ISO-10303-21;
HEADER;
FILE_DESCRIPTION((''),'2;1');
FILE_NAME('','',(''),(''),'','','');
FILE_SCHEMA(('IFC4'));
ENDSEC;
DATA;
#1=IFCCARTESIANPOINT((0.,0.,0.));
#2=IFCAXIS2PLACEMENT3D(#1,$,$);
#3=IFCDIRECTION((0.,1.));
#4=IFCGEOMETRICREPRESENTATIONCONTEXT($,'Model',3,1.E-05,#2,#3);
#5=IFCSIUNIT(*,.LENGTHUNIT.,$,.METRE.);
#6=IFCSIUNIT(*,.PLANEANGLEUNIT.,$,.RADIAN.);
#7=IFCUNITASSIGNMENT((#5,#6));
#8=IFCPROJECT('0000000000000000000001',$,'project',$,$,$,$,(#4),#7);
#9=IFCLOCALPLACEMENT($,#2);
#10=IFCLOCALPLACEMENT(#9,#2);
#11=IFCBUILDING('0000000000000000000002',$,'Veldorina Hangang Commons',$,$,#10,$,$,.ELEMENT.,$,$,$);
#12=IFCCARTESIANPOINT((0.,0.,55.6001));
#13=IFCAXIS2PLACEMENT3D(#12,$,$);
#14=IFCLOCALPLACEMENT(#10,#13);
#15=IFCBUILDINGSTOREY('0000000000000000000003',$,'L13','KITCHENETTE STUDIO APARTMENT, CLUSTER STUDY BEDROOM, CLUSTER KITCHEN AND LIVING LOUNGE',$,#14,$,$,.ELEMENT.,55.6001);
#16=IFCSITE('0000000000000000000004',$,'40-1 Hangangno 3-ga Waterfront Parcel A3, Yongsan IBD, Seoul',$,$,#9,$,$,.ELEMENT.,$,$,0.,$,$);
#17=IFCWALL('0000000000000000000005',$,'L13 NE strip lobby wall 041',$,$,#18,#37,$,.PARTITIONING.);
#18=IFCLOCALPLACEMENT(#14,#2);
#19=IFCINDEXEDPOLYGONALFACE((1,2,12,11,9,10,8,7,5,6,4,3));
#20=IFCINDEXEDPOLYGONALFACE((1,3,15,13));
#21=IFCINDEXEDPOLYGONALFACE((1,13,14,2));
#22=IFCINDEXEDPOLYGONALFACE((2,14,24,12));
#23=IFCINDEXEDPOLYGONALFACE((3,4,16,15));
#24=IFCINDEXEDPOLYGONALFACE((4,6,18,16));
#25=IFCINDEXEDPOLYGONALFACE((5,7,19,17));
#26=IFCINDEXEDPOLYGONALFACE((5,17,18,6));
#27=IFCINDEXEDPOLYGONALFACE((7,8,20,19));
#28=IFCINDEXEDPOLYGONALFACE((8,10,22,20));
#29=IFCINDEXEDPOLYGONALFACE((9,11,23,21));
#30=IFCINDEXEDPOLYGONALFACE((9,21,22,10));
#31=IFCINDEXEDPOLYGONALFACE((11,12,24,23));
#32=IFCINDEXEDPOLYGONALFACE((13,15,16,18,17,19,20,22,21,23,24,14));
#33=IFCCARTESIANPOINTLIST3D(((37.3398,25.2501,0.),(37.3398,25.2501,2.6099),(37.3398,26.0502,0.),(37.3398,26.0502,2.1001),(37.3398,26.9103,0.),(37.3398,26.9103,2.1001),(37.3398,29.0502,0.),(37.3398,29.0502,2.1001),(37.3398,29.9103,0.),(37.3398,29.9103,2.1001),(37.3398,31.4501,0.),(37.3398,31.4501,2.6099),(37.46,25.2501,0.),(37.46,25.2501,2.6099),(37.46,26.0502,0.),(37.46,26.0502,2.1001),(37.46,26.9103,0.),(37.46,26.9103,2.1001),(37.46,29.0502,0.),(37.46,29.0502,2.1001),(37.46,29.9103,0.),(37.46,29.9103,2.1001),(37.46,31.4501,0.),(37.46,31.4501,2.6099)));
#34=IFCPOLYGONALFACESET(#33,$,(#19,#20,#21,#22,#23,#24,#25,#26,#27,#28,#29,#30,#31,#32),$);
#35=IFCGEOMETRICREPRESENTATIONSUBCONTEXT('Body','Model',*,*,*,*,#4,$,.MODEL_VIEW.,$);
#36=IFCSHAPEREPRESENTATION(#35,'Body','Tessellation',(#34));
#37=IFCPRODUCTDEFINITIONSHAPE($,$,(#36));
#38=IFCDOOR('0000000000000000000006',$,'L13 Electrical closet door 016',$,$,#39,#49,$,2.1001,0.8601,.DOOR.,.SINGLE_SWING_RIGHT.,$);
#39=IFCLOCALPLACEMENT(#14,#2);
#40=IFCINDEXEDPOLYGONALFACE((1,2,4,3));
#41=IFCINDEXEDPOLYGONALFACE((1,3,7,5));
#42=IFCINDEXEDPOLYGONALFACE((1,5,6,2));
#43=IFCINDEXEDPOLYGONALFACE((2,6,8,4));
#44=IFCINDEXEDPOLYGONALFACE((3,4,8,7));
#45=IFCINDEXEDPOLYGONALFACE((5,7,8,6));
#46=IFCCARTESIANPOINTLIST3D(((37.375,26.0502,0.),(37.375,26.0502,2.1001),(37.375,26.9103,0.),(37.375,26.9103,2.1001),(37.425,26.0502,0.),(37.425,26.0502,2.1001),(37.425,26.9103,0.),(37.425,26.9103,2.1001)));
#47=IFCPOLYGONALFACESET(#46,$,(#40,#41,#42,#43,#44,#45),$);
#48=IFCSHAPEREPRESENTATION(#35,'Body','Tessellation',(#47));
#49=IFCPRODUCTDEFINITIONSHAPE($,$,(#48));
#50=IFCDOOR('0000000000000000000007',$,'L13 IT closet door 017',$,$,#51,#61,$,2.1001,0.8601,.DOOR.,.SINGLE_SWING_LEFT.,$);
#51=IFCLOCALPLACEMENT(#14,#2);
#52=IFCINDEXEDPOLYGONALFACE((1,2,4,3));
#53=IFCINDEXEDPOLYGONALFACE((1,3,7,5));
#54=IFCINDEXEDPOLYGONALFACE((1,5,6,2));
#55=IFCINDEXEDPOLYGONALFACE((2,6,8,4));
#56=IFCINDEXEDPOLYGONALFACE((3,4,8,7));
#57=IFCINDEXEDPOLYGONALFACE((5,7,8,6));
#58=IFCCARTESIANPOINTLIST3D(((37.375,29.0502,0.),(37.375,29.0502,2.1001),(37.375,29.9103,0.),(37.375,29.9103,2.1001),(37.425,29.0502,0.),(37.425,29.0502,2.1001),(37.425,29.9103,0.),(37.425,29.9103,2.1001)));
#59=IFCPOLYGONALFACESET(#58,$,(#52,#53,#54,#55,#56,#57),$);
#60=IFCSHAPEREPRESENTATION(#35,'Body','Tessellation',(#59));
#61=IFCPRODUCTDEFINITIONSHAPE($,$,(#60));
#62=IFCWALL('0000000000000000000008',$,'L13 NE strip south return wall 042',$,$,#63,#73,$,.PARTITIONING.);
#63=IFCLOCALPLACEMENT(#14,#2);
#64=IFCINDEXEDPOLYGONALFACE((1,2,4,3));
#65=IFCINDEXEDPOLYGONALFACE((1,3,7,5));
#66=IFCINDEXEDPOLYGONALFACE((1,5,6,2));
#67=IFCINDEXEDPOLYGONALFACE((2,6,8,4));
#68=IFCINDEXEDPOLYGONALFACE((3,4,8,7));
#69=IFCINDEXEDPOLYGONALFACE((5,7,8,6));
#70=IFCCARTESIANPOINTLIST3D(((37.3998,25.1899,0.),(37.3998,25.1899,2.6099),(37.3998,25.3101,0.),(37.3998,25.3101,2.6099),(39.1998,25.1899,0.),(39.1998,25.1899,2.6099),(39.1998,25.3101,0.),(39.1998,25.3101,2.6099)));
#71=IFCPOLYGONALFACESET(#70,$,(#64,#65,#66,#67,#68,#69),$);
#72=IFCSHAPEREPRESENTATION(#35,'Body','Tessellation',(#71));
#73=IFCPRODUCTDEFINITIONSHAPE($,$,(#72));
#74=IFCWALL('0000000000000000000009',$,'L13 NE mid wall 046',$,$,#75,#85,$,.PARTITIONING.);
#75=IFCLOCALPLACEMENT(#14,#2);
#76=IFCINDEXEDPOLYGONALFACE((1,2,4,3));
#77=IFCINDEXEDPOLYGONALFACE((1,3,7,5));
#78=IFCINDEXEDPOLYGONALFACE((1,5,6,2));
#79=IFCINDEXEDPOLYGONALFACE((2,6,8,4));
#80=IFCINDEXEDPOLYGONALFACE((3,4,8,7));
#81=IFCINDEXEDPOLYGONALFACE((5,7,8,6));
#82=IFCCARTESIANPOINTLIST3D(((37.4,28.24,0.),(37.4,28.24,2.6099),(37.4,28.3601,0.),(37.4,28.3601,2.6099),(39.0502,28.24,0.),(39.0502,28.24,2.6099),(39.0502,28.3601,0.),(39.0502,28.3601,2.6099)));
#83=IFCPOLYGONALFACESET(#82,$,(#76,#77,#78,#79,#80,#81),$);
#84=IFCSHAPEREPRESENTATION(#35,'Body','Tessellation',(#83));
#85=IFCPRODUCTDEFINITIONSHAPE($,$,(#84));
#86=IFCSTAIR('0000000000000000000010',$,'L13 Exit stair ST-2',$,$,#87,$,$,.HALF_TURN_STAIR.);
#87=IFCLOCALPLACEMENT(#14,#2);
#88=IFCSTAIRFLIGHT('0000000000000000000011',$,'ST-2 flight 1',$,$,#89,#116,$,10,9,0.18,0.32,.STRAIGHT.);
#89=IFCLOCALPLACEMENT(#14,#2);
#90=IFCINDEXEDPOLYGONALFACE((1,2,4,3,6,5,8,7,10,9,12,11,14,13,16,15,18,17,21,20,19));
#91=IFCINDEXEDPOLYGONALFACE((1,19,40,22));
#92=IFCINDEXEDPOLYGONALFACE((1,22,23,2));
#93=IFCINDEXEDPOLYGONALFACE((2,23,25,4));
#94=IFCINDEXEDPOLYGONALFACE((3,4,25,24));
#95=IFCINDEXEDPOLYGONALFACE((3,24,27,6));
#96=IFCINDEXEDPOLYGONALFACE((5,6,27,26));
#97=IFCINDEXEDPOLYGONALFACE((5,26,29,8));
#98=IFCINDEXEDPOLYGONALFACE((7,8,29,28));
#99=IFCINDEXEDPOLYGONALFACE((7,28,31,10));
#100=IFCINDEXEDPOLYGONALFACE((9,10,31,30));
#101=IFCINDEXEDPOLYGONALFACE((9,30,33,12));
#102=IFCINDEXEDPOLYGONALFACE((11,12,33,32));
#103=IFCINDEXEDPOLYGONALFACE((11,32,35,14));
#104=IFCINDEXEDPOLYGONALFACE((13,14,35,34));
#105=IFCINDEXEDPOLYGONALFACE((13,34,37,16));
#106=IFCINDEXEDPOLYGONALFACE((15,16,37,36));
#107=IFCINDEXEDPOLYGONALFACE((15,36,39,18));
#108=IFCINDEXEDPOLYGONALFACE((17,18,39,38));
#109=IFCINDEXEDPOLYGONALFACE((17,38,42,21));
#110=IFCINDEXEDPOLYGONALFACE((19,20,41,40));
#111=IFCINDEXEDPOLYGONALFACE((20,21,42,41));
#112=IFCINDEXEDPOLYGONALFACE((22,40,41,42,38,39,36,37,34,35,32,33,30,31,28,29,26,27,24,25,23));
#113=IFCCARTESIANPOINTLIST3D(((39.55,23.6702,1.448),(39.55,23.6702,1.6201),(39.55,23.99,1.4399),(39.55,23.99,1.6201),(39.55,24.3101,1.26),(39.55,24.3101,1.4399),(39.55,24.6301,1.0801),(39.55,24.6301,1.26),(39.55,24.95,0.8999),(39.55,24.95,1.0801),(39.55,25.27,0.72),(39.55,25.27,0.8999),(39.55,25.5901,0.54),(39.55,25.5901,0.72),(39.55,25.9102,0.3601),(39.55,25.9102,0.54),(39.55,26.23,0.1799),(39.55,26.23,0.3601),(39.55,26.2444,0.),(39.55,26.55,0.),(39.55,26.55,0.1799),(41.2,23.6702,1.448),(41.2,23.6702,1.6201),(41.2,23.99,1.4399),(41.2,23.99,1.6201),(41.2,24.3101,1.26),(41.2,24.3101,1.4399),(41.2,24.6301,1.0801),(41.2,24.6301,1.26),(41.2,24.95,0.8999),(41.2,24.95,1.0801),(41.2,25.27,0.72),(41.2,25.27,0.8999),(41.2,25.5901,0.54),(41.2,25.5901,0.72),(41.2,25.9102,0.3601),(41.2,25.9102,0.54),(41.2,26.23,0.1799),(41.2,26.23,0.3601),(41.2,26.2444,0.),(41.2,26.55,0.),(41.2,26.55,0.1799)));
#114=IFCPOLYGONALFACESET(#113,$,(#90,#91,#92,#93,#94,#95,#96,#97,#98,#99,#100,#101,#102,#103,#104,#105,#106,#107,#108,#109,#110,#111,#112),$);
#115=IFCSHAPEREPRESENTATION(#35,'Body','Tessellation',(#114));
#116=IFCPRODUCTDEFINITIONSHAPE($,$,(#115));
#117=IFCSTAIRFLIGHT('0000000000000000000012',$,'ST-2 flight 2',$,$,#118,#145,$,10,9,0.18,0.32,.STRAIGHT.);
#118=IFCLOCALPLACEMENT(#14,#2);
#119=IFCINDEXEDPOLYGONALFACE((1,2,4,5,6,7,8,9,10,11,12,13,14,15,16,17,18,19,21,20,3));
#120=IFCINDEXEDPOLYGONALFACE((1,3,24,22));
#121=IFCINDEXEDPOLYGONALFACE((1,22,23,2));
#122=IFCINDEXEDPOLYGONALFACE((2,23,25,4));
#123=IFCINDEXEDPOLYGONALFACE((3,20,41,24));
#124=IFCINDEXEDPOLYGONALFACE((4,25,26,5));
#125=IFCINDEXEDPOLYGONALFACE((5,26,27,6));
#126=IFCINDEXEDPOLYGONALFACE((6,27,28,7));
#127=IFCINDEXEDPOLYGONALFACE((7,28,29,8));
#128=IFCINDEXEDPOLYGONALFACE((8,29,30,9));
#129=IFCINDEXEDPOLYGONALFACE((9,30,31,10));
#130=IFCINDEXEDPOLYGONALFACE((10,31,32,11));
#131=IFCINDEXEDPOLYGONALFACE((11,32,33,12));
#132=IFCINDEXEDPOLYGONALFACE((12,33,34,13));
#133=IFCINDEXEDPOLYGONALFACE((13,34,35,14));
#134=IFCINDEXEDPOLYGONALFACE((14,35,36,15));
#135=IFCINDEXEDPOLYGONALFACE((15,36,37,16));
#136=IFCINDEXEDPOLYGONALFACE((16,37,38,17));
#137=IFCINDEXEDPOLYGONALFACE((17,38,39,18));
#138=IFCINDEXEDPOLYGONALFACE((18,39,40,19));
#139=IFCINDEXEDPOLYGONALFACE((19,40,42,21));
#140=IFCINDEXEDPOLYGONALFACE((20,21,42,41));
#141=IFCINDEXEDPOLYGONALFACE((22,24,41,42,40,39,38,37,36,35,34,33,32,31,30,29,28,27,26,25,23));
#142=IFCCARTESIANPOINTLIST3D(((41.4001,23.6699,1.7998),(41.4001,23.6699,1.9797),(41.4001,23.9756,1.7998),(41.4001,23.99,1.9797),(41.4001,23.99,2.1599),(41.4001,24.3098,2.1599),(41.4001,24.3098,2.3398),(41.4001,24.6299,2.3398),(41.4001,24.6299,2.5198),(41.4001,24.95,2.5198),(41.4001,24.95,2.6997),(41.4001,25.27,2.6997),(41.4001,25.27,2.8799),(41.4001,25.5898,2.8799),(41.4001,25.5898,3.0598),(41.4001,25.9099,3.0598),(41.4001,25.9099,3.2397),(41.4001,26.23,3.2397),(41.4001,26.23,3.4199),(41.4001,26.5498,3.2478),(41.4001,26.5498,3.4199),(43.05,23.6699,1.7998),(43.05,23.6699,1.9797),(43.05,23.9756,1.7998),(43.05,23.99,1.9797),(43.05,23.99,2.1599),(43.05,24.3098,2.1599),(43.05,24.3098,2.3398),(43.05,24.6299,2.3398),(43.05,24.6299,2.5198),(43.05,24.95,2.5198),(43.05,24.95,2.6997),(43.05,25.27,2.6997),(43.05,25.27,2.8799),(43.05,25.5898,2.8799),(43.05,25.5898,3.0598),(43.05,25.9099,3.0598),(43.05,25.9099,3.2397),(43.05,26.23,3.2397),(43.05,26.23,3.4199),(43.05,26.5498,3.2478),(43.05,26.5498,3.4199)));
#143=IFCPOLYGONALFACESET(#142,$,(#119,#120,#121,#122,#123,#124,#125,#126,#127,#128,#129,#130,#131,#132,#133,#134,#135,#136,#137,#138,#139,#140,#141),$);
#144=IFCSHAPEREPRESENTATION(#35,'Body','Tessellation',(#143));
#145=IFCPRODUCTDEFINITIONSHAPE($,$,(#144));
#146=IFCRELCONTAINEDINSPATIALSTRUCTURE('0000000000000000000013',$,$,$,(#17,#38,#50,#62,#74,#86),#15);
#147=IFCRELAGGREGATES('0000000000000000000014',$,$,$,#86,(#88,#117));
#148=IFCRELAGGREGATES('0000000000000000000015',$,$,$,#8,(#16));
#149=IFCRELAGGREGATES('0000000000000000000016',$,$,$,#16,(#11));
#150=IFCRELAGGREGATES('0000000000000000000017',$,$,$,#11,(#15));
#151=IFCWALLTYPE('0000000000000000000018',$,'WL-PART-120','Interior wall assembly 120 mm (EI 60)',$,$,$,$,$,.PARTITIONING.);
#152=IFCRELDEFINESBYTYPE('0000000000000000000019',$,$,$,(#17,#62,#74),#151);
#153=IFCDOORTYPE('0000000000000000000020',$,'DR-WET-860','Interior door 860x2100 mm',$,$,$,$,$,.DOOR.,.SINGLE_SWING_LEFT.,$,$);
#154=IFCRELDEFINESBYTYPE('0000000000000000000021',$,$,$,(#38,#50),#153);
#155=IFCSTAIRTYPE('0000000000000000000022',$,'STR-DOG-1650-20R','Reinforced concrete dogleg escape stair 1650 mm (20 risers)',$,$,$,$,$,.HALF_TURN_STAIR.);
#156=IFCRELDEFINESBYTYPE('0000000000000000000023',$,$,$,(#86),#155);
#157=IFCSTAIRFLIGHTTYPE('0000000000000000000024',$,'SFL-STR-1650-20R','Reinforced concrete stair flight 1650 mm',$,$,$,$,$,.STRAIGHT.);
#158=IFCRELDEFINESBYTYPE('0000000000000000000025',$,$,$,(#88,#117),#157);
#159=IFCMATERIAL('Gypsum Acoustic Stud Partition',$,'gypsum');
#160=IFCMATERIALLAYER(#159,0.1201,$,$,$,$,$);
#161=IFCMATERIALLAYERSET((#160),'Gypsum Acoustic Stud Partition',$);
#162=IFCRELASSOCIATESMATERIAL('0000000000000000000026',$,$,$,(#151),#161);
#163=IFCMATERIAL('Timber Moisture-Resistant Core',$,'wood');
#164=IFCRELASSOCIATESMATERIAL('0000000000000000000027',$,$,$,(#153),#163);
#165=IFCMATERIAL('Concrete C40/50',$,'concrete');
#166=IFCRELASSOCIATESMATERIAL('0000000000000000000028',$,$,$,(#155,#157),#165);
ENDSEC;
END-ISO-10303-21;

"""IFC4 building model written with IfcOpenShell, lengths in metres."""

from ifc_helpers import new_model, si_unit, direction, frame, frame_2d, origin, place, context, subcontext, project, spatial, polyline, rectangle, outline, extrude, material, layer, layer_set, type_object, element, fill, aggregate, save


model = new_model("IFC4")

# Units and contexts
model_context = context("Model", 3, precision=1e-05, world=origin(), true_north=direction((0.0, 1.0)))
body_context = subcontext(model_context, "Body", "Model", "MODEL_VIEW")
ifc_project = project(units=[si_unit("LENGTHUNIT", "METRE"), si_unit("PLANEANGLEUNIT", "RADIAN")], contexts=[model_context])

# Site, building, storey
site_placement = place(None, origin())
site = spatial("IfcSite", under=ifc_project, at=site_placement, Name="40-1 Hangangno 3-ga Waterfront Parcel A3, Yongsan IBD, Seoul", CompositionType="ELEMENT", RefElevation=0.0)
building_placement = place(site_placement, origin())
building = spatial("IfcBuilding", under=site, at=building_placement, Name="Veldorina Hangang Commons", CompositionType="ELEMENT")
storey_placement = place(building_placement, frame((0.0, 0.0, 55.6001)))
storey = spatial("IfcBuildingStorey", under=building, at=storey_placement, Name="L13", Description="KITCHENETTE STUDIO APARTMENT, CLUSTER STUDY BEDROOM, CLUSTER KITCHEN AND LIVING LOUNGE", CompositionType="ELEMENT", Elevation=55.6001)

# Wall, openings, doors
ifc_material_1 = material(Name="Gypsum Acoustic Stud Partition", Category="gypsum")
ifc_layer_1 = layer(ifc_material_1, 0.1201)
ifc_layer_set_1 = layer_set([ifc_layer_1], Name="Gypsum Acoustic Stud Partition")
wall_type_1 = type_object("IfcWallType", Name="WL-PART-120", Description="Interior wall assembly 120 mm (EI 60)", PredefinedType="PARTITIONING", material=ifc_layer_set_1)
wall_1_placement = place(storey_placement, frame((37.3999, 25.25, 0.0), z_axis=(0.0, 0.0, 1.0), x_axis=(0.0, 1.0, 0.0)))
wall_1 = element("IfcWall", 1, at=wall_1_placement, inside=storey, type_object=wall_type_1, Name="L13 NE strip lobby wall 041", PredefinedType="PARTITIONING", context=body_context, shape_type="SweptSolid", body=[
    extrude(rectangle(XDim=6.2, YDim=0.1201, at=frame_2d((3.1001, 0.0))), origin(), (0.0, 0.0, 1.0), 2.6099),
])
opening_1_placement = place(wall_1_placement, frame((0.8, 0.0, 0.0)))
opening_1 = element("IfcOpeningElement", 2, at=opening_1_placement, cuts=wall_1, PredefinedType="OPENING", context=body_context, shape_type="SweptSolid", body=[
    extrude(rectangle(XDim=0.8601, YDim=2.1001, at=frame_2d((0.4302, 1.05))), frame((0.0, 0.0701, 0.0), z_axis=(0.0, -1.0, 0.0), x_axis=(1.0, 0.0, 0.0)), (0.0, 0.0, 1.0), 0.1401),
])
opening_2_placement = place(wall_1_placement, frame((3.8, 0.0, 0.0)))
opening_2 = element("IfcOpeningElement", 3, at=opening_2_placement, cuts=wall_1, PredefinedType="OPENING", context=body_context, shape_type="SweptSolid", body=[
    extrude(rectangle(XDim=0.8601, YDim=2.1001, at=frame_2d((0.4302, 1.05))), frame((0.0, 0.0701, 0.0), z_axis=(0.0, -1.0, 0.0), x_axis=(1.0, 0.0, 0.0)), (0.0, 0.0, 1.0), 0.1401),
])
ifc_material_2 = material(Name="Timber Moisture-Resistant Core", Category="wood")
door_type_1 = type_object("IfcDoorType", Name="DR-WET-860", Description="Interior door 860x2100 mm", OperationType="SINGLE_SWING_LEFT", PredefinedType="DOOR", material=ifc_material_2)
door_1_placement = place(opening_1_placement, origin())
door_1 = element("IfcDoor", 4, at=door_1_placement, inside=storey, type_object=door_type_1, Name="L13 Electrical closet door 016", OperationType="SINGLE_SWING_RIGHT", OverallHeight=2.1001, OverallWidth=0.8601, PredefinedType="DOOR", context=body_context, shape_type="SweptSolid", body=[
    extrude(rectangle(XDim=0.8601, YDim=2.1001, at=frame_2d((0.4302, 1.05))), frame((0.0, 0.0249, 0.0), z_axis=(0.0, -1.0, 0.0), x_axis=(1.0, 0.0, 0.0)), (0.0, 0.0, 1.0), 0.05),
])
fill(opening_1, door_1)
door_2_placement = place(opening_2_placement, origin())
door_2 = element("IfcDoor", 5, at=door_2_placement, inside=storey, type_object=door_type_1, Name="L13 IT closet door 017", OperationType="SINGLE_SWING_LEFT", OverallHeight=2.1001, OverallWidth=0.8601, PredefinedType="DOOR", context=body_context, shape_type="SweptSolid", body=[
    extrude(rectangle(XDim=0.8601, YDim=2.1001, at=frame_2d((0.4302, 1.05))), frame((0.0, 0.0249, 0.0), z_axis=(0.0, -1.0, 0.0), x_axis=(1.0, 0.0, 0.0)), (0.0, 0.0, 1.0), 0.05),
])
fill(opening_2, door_2)

# Walls
wall_2_placement = place(storey_placement, frame((37.3999, 25.25, 0.0), z_axis=(0.0, 0.0, 1.0), x_axis=(1.0, 0.0, 0.0)))
element("IfcWall", 6, at=wall_2_placement, inside=storey, type_object=wall_type_1, Name="L13 NE strip south return wall 042", PredefinedType="PARTITIONING", context=body_context, shape_type="SweptSolid", body=[
    extrude(rectangle(XDim=1.8, YDim=0.1201, at=frame_2d((0.8999, 0.0))), origin(), (0.0, 0.0, 1.0), 2.6099),
])
wall_3_placement = place(storey_placement, frame((37.3999, 28.3, 0.0), z_axis=(0.0, 0.0, 1.0), x_axis=(1.0, 0.0, 0.0)))
element("IfcWall", 7, at=wall_3_placement, inside=storey, type_object=wall_type_1, Name="L13 NE mid wall 046", PredefinedType="PARTITIONING", context=body_context, shape_type="SweptSolid", body=[
    extrude(rectangle(XDim=1.6501, YDim=0.1201, at=frame_2d((0.8252, 0.0))), origin(), (0.0, 0.0, 1.0), 2.6099),
])

# Stair, stair flights
ifc_material_3 = material(Name="Concrete C40/50", Category="concrete")
stair_type = type_object("IfcStairType", Name="STR-DOG-1650-20R", Description="Reinforced concrete dogleg escape stair 1650 mm (20 risers)", PredefinedType="HALF_TURN_STAIR", material=ifc_material_3)
stair_placement = place(storey_placement, origin())
stair = element("IfcStair", 8, at=stair_placement, inside=storey, type_object=stair_type, Name="L13 Exit stair ST-2", PredefinedType="HALF_TURN_STAIR")
stair_flight_type = type_object("IfcStairFlightType", Name="SFL-STR-1650-20R", Description="Reinforced concrete stair flight 1650 mm", PredefinedType="STRAIGHT", material=ifc_material_3)
stair_flight_1_placement = place(storey_placement, frame((40.375, 26.55, 0.0), z_axis=(0.0, 0.0, 1.0), x_axis=(0.0, -1.0, 0.0)))
stair_flight_1 = element("IfcStairFlight", 9, at=stair_flight_1_placement, type_object=stair_flight_type, Name="ST-2 flight 1", NumberOfRisers=10, NumberOfTreads=9, PredefinedType="STRAIGHT", RiserHeight=0.18, TreadLength=0.32, context=body_context, shape_type="SweptSolid", body=[
    extrude(outline(polyline([(0.0, 0.0), (0.0, 0.1799), (0.3201, 0.1799), (0.3201, 0.3601), (0.6399, 0.3601), (0.6399, 0.54), (0.96, 0.54), (0.96, 0.72), (1.28, 0.72), (1.28, 0.8999), (1.6001, 0.8999), (1.6001, 1.0801), (1.9199, 1.0801), (1.9199, 1.26), (2.24, 1.26), (2.24, 1.4399), (2.5601, 1.4399), (2.5601, 1.6201), (2.8799, 1.6201), (2.8799, 1.8), (2.8799, 1.448), (0.3057, 0.0), (0.0, 0.0)])), frame((0.0, 0.825, 0.0), z_axis=(0.0, -1.0, 0.0), x_axis=(1.0, 0.0, 0.0)), (0.0, 0.0, 1.0), 1.6499),
])
stair_flight_2_placement = place(storey_placement, frame((42.2251, 23.6699, 1.7998), z_axis=(0.0, 0.0, 1.0), x_axis=(0.0, 1.0, 0.0)))
stair_flight_2 = element("IfcStairFlight", 10, at=stair_flight_2_placement, type_object=stair_flight_type, Name="ST-2 flight 2", NumberOfRisers=10, NumberOfTreads=9, PredefinedType="STRAIGHT", RiserHeight=0.18, TreadLength=0.32, context=body_context, shape_type="SweptSolid", body=[
    extrude(outline(polyline([(0.0, 0.0), (0.0, 0.1799), (0.3201, 0.1799), (0.3201, 0.3601), (0.6399, 0.3601), (0.6399, 0.54), (0.96, 0.54), (0.96, 0.72), (1.28, 0.72), (1.28, 0.8999), (1.6001, 0.8999), (1.6001, 1.0801), (1.9199, 1.0801), (1.9199, 1.26), (2.24, 1.26), (2.24, 1.4399), (2.5601, 1.4399), (2.5601, 1.6201), (2.8799, 1.6201), (2.8799, 1.8), (2.8799, 1.448), (0.3057, 0.0), (0.0, 0.0)])), frame((0.0, 0.825, 0.0), z_axis=(0.0, -1.0, 0.0), x_axis=(1.0, 0.0, 0.0)), (0.0, 0.0, 1.0), 1.6499),
])
aggregate(stair, [stair_flight_1, stair_flight_2])

save(model, "model.ifc")
